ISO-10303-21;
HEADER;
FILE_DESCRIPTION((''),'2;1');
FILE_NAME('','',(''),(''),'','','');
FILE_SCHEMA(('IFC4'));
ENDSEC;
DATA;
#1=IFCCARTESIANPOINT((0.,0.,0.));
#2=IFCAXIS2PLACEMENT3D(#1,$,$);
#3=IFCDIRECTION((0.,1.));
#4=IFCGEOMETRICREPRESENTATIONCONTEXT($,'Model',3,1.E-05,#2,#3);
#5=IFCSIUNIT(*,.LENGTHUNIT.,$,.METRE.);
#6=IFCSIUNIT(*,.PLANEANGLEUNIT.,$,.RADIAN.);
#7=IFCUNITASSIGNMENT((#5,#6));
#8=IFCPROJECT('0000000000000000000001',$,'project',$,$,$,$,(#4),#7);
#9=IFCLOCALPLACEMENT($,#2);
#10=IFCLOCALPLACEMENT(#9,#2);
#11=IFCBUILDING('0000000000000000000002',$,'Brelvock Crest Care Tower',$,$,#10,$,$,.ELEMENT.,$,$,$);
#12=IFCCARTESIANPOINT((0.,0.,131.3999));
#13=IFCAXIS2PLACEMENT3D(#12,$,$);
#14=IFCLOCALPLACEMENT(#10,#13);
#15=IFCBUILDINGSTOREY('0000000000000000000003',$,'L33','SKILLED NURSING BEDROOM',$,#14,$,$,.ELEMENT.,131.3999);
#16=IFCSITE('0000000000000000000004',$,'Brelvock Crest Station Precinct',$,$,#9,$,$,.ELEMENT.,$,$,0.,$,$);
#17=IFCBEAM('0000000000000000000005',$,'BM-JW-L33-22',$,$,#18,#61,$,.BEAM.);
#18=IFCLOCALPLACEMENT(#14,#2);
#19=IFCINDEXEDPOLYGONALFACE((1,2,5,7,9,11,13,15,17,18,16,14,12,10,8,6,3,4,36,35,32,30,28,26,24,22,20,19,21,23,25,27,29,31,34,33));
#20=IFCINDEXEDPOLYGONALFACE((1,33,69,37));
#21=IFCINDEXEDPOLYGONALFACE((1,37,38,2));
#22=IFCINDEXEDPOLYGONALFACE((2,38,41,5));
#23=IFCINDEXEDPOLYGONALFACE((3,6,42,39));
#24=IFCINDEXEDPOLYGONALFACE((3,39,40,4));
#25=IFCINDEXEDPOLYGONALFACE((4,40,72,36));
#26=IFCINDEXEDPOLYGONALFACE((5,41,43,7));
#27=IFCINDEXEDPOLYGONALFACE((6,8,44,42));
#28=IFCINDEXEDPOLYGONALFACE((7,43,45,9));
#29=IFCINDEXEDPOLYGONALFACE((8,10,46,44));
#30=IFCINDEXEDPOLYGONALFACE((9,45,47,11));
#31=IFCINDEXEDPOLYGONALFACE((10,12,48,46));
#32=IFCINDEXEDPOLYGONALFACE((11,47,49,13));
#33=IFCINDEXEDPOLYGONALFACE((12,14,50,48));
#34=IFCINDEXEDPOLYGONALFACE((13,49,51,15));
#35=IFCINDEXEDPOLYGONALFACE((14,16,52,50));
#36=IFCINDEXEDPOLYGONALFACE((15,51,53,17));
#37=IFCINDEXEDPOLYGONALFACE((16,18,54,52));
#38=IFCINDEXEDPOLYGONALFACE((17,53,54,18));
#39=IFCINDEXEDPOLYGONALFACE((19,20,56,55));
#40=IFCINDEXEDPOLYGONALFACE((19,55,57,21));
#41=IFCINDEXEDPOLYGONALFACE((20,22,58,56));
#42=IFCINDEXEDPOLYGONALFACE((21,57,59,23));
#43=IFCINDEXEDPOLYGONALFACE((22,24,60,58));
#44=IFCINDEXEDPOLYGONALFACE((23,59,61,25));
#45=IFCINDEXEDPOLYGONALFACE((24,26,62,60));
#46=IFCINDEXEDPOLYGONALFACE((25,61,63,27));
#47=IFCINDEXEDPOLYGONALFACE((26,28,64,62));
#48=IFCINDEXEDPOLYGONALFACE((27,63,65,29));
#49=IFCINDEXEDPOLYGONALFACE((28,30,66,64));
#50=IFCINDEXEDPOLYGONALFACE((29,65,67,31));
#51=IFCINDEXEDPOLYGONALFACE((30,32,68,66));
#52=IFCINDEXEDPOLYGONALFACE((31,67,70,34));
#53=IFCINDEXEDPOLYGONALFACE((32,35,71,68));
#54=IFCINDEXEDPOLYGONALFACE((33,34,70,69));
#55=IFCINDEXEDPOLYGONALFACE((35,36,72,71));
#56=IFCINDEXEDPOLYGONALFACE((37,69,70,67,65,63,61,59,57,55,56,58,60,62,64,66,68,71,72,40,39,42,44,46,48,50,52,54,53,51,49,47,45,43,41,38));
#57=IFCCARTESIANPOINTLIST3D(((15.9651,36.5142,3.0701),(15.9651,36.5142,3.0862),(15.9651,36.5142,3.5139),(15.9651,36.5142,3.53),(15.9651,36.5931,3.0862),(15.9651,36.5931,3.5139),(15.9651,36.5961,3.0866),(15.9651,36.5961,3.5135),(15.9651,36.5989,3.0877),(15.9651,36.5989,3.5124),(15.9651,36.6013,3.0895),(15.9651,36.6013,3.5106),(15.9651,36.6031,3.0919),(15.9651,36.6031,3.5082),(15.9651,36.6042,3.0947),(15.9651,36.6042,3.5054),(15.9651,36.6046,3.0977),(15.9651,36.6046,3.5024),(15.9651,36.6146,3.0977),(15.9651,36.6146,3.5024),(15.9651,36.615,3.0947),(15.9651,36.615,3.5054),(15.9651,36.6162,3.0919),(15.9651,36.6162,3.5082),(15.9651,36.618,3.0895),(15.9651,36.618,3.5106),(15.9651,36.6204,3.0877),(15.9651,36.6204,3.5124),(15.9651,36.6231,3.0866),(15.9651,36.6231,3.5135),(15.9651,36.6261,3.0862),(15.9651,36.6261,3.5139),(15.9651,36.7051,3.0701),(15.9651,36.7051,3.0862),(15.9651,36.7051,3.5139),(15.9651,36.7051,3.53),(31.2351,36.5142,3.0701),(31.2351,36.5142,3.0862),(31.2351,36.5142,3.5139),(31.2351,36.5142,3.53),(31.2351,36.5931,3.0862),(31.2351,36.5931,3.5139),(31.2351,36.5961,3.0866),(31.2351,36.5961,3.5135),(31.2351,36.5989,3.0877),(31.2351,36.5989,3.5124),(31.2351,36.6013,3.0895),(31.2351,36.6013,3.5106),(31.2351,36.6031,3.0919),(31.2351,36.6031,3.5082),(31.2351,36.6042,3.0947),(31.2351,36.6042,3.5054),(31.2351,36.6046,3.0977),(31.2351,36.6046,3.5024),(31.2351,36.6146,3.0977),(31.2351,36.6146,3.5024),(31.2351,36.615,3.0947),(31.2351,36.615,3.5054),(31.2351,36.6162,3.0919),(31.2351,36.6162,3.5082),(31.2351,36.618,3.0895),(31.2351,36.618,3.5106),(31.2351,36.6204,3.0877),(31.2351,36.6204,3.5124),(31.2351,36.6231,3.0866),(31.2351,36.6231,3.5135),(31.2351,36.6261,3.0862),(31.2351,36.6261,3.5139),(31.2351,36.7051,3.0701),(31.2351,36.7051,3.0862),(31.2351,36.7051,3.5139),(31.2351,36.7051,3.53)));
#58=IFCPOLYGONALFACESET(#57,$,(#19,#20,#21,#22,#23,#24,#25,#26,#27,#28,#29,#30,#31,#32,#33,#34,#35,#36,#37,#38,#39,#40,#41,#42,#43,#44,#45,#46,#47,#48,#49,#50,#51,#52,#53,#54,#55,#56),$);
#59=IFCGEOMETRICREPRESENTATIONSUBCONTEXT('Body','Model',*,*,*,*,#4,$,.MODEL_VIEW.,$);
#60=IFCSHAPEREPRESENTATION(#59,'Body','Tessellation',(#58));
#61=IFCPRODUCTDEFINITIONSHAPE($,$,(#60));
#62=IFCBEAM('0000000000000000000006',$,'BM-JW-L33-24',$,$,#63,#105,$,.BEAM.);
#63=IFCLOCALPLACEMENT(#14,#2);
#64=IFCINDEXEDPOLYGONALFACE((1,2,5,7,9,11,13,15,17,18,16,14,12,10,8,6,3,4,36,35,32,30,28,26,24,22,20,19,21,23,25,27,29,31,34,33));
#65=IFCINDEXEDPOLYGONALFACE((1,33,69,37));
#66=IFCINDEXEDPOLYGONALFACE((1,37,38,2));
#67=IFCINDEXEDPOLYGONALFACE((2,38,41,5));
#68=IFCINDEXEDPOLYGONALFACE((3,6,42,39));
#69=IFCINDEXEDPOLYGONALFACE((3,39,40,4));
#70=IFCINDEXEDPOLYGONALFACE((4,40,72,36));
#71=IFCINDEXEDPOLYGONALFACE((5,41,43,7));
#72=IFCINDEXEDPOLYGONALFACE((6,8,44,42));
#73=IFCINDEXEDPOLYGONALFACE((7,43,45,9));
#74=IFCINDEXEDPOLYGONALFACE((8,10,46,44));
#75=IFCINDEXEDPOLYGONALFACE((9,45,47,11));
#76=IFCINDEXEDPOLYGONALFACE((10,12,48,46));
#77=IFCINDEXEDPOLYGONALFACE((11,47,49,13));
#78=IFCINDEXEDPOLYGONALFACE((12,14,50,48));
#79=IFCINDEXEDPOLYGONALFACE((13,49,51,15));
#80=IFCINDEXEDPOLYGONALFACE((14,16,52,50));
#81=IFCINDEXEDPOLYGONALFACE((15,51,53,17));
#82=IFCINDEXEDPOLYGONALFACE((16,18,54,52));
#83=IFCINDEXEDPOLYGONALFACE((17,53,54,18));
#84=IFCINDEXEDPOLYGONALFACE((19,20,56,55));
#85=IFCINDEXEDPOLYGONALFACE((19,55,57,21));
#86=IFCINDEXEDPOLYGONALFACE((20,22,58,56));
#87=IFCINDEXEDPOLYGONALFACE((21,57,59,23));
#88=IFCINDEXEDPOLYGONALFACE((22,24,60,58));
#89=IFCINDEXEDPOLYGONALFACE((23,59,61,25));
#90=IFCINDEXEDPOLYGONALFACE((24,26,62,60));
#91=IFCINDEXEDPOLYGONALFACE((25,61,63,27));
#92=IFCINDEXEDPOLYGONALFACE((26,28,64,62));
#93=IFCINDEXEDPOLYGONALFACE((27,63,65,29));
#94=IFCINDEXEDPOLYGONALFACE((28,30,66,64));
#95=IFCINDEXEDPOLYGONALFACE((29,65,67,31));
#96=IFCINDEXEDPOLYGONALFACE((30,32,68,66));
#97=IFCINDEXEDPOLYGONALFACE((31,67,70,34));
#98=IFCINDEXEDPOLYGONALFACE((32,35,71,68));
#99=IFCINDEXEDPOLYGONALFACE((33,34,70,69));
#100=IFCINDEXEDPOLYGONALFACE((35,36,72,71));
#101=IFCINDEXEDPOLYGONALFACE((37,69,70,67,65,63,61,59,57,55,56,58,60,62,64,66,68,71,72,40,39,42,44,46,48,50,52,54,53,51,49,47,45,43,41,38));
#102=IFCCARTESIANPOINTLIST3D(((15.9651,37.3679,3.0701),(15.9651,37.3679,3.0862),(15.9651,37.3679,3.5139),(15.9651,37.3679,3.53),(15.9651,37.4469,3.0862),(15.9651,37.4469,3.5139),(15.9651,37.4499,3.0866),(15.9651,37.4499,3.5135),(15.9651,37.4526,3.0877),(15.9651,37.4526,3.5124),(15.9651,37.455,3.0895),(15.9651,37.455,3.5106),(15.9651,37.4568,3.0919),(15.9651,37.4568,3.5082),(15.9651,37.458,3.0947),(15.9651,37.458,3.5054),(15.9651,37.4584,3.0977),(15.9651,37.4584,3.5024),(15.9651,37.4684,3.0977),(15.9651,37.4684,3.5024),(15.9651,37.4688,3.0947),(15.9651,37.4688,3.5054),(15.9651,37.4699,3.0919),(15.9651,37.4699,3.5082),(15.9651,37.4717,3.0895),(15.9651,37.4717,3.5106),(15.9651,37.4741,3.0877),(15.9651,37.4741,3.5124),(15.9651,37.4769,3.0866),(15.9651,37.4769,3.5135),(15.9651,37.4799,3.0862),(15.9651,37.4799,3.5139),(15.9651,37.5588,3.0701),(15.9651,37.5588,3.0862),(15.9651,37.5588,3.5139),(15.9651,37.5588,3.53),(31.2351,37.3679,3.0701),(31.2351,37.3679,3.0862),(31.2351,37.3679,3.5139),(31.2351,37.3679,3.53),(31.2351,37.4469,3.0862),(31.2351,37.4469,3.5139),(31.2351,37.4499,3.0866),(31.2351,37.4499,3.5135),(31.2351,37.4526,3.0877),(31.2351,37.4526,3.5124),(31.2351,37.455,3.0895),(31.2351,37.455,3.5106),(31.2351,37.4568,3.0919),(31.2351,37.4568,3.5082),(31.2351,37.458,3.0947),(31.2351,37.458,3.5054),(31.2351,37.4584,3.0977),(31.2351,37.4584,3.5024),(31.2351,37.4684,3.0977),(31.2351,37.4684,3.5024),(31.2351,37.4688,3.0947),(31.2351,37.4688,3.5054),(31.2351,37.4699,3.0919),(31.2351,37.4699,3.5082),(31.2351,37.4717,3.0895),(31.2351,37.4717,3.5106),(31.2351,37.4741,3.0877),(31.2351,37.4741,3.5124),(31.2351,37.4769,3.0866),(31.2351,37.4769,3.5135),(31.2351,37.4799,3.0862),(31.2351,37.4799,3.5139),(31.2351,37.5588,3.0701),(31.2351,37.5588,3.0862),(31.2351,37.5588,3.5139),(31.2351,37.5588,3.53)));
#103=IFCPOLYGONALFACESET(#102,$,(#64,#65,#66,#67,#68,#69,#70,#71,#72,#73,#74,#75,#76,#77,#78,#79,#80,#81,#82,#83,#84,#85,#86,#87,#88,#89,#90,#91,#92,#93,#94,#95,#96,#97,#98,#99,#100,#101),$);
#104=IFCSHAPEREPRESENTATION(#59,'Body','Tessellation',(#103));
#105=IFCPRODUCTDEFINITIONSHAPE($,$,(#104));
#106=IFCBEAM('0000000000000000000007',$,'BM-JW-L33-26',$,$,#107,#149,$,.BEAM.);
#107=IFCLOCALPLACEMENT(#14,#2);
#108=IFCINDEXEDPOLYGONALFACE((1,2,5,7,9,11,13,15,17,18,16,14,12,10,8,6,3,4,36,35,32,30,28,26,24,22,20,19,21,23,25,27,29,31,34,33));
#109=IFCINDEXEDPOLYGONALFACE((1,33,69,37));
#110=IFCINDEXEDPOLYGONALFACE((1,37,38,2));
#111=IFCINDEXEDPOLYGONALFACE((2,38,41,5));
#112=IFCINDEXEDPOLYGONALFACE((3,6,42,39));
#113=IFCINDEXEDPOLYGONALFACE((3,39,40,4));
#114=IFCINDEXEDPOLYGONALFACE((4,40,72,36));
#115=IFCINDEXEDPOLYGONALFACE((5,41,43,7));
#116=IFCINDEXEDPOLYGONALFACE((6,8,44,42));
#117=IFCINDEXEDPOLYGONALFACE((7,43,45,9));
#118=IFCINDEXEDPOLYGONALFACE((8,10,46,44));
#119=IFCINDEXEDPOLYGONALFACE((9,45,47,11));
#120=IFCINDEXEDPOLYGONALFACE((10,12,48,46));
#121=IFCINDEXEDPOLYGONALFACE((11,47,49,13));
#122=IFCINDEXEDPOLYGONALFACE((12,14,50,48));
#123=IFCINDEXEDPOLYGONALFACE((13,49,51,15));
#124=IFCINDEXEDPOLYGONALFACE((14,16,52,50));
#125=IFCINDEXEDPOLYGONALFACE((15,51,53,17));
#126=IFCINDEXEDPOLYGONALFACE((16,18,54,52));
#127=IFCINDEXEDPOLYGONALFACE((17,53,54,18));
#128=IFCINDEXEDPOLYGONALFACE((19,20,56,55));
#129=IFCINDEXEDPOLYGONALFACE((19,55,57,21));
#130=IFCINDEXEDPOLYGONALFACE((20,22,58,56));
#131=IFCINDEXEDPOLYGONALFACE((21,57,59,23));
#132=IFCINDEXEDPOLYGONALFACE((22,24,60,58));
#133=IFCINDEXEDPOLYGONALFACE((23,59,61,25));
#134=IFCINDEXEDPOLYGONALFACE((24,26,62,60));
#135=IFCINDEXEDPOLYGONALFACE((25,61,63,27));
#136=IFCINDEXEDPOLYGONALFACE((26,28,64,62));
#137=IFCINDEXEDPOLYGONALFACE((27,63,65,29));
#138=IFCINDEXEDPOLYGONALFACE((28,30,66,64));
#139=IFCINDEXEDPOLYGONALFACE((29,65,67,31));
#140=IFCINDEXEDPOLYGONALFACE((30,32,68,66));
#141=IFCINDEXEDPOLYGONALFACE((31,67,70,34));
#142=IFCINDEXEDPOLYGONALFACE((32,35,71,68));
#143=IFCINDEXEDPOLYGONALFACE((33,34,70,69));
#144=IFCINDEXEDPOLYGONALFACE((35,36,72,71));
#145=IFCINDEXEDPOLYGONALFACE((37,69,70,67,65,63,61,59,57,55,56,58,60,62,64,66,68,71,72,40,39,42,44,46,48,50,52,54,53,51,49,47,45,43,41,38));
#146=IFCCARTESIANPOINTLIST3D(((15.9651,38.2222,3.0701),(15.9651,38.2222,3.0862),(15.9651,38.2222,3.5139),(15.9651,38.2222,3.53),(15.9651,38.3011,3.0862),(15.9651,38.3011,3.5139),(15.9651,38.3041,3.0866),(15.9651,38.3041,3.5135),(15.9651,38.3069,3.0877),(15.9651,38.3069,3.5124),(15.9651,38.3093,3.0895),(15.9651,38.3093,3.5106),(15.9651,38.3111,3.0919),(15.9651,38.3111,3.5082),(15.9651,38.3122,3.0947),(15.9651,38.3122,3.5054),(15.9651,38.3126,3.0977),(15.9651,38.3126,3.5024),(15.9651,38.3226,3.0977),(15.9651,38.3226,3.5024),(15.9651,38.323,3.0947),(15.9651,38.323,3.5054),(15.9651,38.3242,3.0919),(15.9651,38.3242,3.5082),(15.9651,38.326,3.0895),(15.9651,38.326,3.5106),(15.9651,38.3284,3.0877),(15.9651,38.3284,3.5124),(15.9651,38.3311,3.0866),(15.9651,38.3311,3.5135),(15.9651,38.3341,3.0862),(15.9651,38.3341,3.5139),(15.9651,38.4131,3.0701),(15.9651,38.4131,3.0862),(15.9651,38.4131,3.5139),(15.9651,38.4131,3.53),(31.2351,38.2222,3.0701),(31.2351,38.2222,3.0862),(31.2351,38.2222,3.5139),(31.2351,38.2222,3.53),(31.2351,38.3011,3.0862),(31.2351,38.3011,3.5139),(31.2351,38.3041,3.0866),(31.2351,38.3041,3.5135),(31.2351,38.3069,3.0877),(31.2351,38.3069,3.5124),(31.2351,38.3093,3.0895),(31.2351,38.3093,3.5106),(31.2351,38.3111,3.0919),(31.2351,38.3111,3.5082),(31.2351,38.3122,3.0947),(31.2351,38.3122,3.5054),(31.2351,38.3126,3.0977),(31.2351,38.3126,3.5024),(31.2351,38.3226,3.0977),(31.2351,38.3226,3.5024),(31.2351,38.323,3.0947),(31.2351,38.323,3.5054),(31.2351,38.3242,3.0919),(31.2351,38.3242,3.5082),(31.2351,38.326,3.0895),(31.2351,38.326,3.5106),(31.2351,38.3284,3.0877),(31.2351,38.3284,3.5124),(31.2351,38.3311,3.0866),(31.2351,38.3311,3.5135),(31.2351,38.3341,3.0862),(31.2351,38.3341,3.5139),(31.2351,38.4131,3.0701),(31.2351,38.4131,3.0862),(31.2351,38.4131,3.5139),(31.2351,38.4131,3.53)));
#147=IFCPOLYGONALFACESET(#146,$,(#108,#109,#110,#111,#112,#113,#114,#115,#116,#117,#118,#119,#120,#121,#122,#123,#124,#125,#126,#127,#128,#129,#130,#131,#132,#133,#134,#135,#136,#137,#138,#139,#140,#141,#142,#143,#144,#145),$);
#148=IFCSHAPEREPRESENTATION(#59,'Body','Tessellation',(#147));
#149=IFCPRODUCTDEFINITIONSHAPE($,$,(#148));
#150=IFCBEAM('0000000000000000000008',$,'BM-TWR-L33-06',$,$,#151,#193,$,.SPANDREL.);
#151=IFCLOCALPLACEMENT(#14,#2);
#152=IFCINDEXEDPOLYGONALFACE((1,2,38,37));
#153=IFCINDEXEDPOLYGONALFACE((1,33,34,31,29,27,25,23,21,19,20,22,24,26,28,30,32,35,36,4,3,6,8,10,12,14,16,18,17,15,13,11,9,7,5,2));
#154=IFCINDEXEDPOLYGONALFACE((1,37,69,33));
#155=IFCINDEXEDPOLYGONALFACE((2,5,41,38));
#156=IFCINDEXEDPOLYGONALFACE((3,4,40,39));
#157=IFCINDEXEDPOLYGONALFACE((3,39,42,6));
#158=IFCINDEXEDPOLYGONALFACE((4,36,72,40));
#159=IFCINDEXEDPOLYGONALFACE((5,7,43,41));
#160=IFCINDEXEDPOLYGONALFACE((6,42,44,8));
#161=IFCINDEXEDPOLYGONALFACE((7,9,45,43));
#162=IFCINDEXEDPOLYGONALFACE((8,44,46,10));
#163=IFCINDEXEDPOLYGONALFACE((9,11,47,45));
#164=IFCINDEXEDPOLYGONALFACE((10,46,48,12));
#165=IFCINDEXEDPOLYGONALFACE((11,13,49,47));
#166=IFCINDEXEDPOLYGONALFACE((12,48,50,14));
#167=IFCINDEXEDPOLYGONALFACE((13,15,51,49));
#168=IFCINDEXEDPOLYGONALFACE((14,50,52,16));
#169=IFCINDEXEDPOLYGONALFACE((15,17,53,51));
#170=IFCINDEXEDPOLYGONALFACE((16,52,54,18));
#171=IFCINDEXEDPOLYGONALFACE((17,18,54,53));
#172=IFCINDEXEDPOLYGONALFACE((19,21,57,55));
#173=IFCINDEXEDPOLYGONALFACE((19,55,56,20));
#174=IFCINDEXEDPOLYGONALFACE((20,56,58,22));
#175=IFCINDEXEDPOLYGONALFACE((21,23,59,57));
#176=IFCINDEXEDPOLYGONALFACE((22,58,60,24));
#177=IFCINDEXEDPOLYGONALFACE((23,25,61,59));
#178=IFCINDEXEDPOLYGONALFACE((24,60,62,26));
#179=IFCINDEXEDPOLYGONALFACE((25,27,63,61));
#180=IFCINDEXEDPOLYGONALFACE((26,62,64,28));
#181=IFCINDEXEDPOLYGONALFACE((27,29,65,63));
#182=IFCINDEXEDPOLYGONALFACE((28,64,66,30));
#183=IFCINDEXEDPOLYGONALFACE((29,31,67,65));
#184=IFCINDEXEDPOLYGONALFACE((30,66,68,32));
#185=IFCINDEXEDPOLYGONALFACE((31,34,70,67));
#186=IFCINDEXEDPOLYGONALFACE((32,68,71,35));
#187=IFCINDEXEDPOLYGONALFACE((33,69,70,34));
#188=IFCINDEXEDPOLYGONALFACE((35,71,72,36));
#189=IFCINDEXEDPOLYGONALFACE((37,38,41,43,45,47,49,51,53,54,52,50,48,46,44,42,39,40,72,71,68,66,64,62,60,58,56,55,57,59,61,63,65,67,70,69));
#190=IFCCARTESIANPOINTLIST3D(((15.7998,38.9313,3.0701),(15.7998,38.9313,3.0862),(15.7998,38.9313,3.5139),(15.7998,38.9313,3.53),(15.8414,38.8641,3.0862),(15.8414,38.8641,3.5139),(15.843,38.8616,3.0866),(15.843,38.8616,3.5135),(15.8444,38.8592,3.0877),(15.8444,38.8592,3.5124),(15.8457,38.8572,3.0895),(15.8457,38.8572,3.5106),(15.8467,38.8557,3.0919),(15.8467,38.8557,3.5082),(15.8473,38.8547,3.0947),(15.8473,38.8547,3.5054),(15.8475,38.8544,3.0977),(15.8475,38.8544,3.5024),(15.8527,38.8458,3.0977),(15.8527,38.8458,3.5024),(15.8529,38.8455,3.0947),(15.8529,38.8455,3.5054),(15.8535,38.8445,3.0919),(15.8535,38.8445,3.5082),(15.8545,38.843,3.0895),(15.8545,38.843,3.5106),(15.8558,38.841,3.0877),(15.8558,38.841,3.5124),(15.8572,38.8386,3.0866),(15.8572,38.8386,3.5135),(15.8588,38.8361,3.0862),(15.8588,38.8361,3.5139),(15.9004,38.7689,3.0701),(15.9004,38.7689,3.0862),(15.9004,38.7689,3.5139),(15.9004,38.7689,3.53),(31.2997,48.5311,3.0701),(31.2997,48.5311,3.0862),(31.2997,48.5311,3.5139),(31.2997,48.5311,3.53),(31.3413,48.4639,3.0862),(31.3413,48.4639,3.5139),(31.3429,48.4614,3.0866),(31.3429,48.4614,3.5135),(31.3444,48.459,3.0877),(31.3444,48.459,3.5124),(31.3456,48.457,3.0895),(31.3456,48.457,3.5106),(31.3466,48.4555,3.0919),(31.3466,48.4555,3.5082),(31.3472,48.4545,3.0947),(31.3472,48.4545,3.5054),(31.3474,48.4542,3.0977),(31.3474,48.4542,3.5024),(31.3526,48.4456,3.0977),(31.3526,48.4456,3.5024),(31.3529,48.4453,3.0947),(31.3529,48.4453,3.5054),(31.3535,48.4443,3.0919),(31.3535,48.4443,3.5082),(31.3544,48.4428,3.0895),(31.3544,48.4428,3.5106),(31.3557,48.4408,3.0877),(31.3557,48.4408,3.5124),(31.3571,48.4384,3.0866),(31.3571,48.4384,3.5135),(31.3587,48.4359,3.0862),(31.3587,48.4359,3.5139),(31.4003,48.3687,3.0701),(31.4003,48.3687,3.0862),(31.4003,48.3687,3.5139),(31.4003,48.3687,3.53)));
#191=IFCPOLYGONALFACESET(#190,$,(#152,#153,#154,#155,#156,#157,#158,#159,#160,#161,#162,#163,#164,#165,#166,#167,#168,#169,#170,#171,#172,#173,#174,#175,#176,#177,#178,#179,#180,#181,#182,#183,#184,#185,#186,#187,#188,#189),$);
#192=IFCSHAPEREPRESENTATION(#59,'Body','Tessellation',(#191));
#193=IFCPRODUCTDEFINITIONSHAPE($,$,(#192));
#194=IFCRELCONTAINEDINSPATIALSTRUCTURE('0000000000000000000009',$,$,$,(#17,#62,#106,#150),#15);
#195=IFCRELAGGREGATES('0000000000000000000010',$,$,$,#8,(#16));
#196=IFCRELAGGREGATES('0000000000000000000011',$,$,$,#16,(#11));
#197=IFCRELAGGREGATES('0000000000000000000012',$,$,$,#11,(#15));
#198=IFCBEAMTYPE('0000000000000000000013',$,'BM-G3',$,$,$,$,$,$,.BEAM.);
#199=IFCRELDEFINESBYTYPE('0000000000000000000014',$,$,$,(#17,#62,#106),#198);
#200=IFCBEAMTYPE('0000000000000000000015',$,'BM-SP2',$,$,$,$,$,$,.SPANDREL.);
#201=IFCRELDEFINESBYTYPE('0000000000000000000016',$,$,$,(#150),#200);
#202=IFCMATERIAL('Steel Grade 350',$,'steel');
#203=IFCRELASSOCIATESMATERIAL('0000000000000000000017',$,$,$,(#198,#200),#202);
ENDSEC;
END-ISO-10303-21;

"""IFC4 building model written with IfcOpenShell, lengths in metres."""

from ifc_helpers import new_model, si_unit, direction, frame, origin, origin_2d, place, context, subcontext, project, spatial, i_section, extrude, source, transform, mapped, material, material_profile, profile_set, type_object, element, save


model = new_model("IFC4")

# Units and contexts
model_context = context("Model", 3, precision=1e-05, world=origin(), true_north=direction((0.0, 1.0)))
body_context = subcontext(model_context, "Body", "Model", "MODEL_VIEW")
ifc_project = project(units=[si_unit("LENGTHUNIT", "METRE"), si_unit("PLANEANGLEUNIT", "RADIAN")], contexts=[model_context])

# Site, building, storey
site_placement = place(None, origin())
site = spatial("IfcSite", under=ifc_project, at=site_placement, Name="Brelvock Crest Station Precinct", CompositionType="ELEMENT", RefElevation=0.0)
building_placement = place(site_placement, origin())
building = spatial("IfcBuilding", under=site, at=building_placement, Name="Brelvock Crest Care Tower", CompositionType="ELEMENT")
storey_placement = place(building_placement, frame((0.0, 0.0, 131.3999)))
storey = spatial("IfcBuildingStorey", under=building, at=storey_placement, Name="L33", Description="SKILLED NURSING BEDROOM", CompositionType="ELEMENT", Elevation=131.3999)

# Shared definitions
ifc_material_1 = material(Name="Steel Grade 350", Category="steel")

# Beams
ifc_material_profile_1 = material_profile(ifc_material_1, i_section(OverallWidth=0.1909, OverallDepth=0.46, WebThickness=0.01, FlangeThickness=0.0161, FilletRadius=0.0115, at=origin_2d()), Name="460UB82.1")
ifc_profile_set_1 = profile_set([ifc_material_profile_1], Name="Steel Grade 350")
beam_type_1 = type_object("IfcBeamType", Name="BM-G3", PredefinedType="BEAM", material=ifc_profile_set_1)
shared_shape_1 = source(origin(), body_context, "Body", "SweptSolid", [
    extrude(i_section(OverallWidth=0.1909, OverallDepth=0.46, WebThickness=0.01, FlangeThickness=0.0161, FilletRadius=0.0115, at=origin_2d()), origin(), (0.0, 0.0, 1.0), 15.27),
])
for number, where, z_axis, x_axis, name in (
    (1, (15.9651, 36.6096, 3.3), (1.0, 0.0, 0.0), (0.0, 1.0, 0.0), "BM-JW-L33-22"),
    (2, (15.9651, 37.4634, 3.3), (1.0, 0.0, 0.0), (0.0, 1.0, 0.0), "BM-JW-L33-24"),
    (3, (15.9651, 38.3176, 3.3), (1.0, 0.0, 0.0), (0.0, 1.0, 0.0), "BM-JW-L33-26"),
):
    element("IfcBeam", number, at=place(storey_placement, frame(where, z_axis=z_axis, x_axis=x_axis)), inside=storey, type_object=beam_type_1, Name=name, PredefinedType="BEAM", context=body_context, shape_type="MappedRepresentation", body=[
        mapped(shared_shape_1, transform((0.0, 0.0, 0.0), x_axis=(1.0, 0.0, 0.0), y_axis=(0.0, 1.0, 0.0), z_axis=(0.0, 0.0, 1.0), scale=1.0)),
    ])
ifc_material_profile_2 = material_profile(ifc_material_1, i_section(OverallWidth=0.1909, OverallDepth=0.46, WebThickness=0.01, FlangeThickness=0.0161, FilletRadius=0.0115, at=origin_2d()), Name="460UB82.1")
ifc_profile_set_2 = profile_set([ifc_material_profile_2], Name="Steel Grade 350")
beam_type_2 = type_object("IfcBeamType", Name="BM-SP2", PredefinedType="SPANDREL", material=ifc_profile_set_2)
shared_shape_2 = source(origin(), body_context, "Body", "SweptSolid", [
    extrude(i_section(OverallWidth=0.1909, OverallDepth=0.46, WebThickness=0.01, FlangeThickness=0.0161, FilletRadius=0.0115, at=origin_2d()), origin(), (0.0, 0.0, 1.0), 18.2319),
])
beam_1_placement = place(storey_placement, frame((15.8501, 38.8501, 3.3), z_axis=(0.850152, 0.526538, 0.0), x_axis=(-0.526538, 0.850152, 0.0)))
element("IfcBeam", 4, at=beam_1_placement, inside=storey, type_object=beam_type_2, Name="BM-TWR-L33-06", PredefinedType="SPANDREL", context=body_context, shape_type="MappedRepresentation", body=[
    mapped(shared_shape_2, transform((0.0, 0.0, 0.0), x_axis=(1.0, 0.0, 0.0), y_axis=(0.0, 1.0, 0.0), z_axis=(0.0, 0.0, 1.0), scale=1.0)),
])

save(model, "model.ifc")
